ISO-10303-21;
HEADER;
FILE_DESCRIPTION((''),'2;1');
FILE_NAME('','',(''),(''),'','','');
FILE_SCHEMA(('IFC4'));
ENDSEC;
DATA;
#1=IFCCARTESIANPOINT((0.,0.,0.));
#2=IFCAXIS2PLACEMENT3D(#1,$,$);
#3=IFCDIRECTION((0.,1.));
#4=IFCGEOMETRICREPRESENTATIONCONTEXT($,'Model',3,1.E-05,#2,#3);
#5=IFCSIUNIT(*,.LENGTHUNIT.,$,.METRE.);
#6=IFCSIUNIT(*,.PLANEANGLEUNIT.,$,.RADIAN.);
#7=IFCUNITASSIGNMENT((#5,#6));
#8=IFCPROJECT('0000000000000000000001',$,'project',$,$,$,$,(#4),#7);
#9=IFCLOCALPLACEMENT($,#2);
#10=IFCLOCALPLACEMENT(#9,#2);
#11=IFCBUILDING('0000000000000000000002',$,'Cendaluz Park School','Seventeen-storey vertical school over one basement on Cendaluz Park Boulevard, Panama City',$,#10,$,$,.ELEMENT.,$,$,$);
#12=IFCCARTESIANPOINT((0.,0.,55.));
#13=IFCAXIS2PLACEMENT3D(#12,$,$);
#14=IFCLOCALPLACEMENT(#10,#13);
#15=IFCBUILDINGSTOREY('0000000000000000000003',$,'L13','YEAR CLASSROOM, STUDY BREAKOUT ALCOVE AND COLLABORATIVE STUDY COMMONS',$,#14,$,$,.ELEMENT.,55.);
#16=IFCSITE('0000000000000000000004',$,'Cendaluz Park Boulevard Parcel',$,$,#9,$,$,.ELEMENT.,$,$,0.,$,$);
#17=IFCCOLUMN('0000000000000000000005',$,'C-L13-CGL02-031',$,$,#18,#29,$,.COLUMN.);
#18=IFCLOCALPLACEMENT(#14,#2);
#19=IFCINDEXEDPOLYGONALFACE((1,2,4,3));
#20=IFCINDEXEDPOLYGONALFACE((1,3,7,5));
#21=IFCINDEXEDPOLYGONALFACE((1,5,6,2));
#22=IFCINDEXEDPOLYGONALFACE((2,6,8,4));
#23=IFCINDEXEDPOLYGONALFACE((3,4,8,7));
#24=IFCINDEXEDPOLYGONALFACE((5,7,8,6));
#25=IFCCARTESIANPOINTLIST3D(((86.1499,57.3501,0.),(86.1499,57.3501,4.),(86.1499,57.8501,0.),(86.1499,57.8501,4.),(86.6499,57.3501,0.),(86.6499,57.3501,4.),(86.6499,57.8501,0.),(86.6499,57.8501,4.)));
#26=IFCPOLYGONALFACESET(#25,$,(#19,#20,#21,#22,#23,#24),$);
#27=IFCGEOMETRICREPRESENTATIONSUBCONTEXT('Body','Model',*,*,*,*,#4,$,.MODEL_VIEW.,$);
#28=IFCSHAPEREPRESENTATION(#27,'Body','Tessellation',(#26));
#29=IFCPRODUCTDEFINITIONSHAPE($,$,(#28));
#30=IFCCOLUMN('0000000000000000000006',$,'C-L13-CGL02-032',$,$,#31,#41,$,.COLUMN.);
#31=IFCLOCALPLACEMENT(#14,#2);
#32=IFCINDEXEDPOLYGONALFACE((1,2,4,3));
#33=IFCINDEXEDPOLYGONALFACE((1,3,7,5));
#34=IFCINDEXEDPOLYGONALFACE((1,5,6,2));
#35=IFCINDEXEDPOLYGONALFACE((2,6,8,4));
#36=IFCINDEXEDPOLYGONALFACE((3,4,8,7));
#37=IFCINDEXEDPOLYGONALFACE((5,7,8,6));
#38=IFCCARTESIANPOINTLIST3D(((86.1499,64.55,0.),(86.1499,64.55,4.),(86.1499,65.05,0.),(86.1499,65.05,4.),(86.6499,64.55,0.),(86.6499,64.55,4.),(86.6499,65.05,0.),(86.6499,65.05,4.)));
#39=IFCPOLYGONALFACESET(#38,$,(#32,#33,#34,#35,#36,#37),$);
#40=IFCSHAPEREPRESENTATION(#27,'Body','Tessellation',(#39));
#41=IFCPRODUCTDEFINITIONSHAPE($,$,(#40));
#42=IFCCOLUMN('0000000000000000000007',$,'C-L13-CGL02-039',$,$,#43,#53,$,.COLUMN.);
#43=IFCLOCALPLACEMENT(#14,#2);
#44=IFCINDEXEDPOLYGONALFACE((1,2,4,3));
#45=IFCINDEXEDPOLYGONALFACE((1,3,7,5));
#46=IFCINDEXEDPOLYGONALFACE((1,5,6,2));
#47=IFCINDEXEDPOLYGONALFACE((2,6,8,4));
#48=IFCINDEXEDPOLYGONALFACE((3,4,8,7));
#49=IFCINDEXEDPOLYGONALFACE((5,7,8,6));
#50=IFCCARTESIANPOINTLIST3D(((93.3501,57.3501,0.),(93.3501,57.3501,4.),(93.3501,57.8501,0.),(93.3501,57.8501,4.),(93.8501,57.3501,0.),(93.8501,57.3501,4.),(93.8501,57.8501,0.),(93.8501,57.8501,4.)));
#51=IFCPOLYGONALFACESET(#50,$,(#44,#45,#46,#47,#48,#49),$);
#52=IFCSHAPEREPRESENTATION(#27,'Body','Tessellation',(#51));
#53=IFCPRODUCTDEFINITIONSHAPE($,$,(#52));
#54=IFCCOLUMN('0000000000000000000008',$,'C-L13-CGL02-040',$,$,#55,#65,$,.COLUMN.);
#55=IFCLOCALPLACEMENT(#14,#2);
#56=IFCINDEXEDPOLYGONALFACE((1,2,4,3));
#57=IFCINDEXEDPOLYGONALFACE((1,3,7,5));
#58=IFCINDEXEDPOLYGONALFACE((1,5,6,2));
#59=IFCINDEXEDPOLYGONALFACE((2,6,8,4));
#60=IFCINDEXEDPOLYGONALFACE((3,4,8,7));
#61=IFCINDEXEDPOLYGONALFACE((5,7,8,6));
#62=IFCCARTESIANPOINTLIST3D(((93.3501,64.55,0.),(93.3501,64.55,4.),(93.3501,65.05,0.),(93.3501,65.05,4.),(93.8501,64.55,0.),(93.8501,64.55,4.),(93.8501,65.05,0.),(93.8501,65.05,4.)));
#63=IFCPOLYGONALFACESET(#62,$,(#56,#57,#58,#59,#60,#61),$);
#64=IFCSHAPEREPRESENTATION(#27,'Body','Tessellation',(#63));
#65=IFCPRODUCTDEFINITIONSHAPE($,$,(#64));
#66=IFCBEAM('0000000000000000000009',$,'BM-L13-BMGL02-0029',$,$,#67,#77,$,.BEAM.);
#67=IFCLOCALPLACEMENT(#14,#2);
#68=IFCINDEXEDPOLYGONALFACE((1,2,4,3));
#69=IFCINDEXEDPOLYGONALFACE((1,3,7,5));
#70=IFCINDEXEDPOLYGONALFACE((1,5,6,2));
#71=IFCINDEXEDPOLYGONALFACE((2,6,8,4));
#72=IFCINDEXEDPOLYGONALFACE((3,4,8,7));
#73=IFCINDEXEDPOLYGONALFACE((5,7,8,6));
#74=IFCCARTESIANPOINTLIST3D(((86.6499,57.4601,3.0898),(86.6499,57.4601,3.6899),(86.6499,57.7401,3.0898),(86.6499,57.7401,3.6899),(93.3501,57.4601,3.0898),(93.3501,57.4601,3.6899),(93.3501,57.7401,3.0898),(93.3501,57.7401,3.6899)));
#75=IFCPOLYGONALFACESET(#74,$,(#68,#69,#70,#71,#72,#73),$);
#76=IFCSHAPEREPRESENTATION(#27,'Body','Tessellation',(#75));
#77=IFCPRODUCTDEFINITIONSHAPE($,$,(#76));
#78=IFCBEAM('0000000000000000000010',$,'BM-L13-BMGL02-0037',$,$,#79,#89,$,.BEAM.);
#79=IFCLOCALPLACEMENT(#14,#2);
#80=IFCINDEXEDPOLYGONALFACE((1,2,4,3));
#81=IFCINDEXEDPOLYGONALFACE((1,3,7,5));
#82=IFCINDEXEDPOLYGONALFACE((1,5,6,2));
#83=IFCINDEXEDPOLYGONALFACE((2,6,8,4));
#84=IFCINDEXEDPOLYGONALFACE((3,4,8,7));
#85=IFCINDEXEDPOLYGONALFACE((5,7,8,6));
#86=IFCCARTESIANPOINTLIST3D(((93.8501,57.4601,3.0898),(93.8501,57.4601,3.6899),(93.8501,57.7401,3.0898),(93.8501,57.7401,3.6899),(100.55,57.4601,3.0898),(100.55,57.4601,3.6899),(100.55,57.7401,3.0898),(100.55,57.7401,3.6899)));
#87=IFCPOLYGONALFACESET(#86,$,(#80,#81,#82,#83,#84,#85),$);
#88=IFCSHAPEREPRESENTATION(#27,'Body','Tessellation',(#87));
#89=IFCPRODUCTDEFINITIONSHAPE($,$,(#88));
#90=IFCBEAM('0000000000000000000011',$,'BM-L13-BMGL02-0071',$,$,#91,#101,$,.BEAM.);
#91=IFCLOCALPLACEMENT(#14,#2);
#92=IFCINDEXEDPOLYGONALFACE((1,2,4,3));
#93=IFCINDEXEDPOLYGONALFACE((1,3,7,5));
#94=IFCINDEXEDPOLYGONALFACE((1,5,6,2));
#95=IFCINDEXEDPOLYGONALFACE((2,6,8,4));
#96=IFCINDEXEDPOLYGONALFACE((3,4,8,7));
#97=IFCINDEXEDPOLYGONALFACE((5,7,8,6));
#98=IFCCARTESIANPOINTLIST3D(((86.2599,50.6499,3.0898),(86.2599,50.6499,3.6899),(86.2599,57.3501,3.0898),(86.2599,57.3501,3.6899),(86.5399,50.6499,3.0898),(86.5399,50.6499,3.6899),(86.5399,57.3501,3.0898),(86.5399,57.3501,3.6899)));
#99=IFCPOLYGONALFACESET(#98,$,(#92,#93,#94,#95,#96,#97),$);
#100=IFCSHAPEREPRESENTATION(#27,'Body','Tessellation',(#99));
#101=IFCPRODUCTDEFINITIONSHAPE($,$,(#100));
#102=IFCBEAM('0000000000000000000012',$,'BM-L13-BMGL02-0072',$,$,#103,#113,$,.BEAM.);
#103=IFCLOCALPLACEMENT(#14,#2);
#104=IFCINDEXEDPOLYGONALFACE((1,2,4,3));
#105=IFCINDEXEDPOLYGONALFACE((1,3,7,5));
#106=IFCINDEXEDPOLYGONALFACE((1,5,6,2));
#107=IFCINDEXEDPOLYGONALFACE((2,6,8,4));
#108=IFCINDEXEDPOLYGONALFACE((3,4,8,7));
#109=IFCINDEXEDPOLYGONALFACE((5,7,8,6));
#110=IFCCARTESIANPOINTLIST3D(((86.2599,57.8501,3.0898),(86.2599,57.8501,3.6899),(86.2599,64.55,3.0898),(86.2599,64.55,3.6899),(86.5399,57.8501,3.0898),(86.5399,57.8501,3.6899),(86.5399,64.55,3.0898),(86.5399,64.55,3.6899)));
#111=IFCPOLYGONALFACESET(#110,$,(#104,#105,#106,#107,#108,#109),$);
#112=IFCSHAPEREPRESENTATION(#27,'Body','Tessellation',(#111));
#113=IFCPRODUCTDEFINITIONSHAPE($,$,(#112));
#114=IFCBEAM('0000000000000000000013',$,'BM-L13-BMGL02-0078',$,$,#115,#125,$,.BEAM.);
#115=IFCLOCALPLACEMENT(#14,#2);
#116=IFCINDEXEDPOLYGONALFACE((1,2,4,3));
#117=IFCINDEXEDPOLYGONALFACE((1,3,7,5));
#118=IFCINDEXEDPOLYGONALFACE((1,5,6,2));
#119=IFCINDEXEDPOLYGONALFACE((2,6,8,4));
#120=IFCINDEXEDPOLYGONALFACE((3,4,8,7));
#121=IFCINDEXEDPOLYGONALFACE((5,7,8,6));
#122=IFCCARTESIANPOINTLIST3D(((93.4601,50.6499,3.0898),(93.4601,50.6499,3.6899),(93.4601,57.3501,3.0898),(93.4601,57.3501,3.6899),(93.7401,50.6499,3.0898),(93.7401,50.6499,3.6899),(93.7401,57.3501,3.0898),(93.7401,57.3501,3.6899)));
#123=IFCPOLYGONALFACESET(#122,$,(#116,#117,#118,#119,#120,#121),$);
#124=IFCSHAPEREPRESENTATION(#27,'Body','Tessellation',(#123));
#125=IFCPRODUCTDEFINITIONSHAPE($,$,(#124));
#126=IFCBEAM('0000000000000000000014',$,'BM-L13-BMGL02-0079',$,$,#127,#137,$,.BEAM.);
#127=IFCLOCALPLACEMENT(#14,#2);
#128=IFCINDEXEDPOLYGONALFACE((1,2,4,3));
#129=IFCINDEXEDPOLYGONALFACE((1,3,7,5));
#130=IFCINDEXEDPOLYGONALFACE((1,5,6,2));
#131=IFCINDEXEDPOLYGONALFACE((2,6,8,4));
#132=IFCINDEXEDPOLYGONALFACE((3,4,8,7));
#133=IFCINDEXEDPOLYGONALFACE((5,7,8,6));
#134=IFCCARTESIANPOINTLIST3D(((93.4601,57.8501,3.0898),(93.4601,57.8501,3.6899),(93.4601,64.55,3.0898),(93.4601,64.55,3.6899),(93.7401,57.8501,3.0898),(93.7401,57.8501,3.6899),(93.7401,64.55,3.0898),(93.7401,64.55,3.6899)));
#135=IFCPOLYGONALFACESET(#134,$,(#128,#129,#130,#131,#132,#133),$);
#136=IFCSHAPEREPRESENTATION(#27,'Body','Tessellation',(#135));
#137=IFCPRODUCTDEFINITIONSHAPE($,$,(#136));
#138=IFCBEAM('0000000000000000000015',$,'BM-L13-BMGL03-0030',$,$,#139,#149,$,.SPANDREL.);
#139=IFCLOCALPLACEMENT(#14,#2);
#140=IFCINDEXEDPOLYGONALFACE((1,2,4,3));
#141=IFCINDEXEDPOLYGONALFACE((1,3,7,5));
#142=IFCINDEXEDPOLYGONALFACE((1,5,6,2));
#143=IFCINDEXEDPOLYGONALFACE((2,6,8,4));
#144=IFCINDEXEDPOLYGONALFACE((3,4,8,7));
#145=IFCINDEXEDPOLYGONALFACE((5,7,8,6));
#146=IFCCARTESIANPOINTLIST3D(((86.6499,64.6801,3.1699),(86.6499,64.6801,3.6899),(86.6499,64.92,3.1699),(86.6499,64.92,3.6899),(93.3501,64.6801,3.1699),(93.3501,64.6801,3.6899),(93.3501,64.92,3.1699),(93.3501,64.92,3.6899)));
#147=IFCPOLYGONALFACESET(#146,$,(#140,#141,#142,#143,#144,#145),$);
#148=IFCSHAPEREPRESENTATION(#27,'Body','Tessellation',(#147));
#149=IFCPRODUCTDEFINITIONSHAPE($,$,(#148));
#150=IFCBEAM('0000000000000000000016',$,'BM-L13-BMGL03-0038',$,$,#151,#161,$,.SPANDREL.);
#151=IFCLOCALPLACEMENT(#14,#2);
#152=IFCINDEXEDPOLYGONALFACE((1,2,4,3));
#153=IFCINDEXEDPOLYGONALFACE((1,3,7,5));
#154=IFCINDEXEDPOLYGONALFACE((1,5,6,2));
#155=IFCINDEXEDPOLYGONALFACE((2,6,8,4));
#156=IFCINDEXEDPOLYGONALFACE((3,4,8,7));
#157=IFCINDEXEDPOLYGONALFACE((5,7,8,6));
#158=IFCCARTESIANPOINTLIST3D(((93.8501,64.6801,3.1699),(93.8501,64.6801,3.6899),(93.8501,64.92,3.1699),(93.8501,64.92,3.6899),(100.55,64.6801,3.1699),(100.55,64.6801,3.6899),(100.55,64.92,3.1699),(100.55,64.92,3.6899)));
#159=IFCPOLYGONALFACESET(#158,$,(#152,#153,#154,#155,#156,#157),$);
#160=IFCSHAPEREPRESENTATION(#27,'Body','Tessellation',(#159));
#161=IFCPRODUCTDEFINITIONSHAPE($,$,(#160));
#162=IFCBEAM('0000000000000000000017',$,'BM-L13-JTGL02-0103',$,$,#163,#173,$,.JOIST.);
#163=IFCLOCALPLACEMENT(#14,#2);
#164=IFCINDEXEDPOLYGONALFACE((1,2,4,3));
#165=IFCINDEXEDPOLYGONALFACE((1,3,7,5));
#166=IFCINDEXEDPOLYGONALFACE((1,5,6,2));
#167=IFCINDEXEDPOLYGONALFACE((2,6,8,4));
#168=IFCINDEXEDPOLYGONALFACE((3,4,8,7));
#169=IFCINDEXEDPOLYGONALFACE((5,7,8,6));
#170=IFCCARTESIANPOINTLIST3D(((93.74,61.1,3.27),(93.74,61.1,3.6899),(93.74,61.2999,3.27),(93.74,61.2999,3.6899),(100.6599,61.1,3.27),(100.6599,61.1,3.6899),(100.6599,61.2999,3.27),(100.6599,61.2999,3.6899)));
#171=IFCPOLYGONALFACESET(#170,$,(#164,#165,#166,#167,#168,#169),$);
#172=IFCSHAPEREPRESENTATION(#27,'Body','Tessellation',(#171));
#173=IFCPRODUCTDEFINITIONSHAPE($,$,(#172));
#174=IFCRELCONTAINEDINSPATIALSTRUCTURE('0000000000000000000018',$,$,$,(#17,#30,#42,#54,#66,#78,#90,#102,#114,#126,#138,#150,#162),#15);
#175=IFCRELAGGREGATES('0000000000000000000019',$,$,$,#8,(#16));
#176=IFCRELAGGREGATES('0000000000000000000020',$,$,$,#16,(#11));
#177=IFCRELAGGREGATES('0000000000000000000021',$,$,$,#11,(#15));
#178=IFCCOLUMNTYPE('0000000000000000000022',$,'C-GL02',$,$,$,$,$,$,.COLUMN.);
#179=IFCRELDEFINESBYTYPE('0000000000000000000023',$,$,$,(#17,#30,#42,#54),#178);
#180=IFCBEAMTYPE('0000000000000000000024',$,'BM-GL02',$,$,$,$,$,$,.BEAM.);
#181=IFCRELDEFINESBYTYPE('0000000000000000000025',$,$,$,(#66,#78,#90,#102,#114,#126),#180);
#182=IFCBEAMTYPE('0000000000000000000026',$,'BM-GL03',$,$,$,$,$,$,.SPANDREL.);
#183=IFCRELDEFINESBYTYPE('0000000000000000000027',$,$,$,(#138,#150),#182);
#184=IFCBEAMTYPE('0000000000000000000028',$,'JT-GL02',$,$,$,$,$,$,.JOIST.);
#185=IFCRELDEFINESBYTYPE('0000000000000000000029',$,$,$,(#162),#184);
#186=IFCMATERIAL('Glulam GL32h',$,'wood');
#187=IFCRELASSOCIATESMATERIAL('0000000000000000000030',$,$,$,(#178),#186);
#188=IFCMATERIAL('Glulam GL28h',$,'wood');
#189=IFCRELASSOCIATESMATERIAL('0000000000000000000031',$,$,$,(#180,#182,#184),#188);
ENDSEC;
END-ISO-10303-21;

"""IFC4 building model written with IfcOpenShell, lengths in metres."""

from ifc_helpers import new_model, si_unit, direction, frame, origin, origin_2d, place, context, subcontext, project, spatial, rectangle, extrude, material, material_profile, profile_set, type_object, element, save


model = new_model("IFC4")

# Units and contexts
model_context = context("Model", 3, precision=1e-05, world=origin(), true_north=direction((0.0, 1.0)))
body_context = subcontext(model_context, "Body", "Model", "MODEL_VIEW")
ifc_project = project(units=[si_unit("LENGTHUNIT", "METRE"), si_unit("PLANEANGLEUNIT", "RADIAN")], contexts=[model_context])

# Site, building, storey
site_placement = place(None, origin())
site = spatial("IfcSite", under=ifc_project, at=site_placement, Name="Cendaluz Park Boulevard Parcel", CompositionType="ELEMENT", RefElevation=0.0)
building_placement = place(site_placement, origin())
building = spatial("IfcBuilding", under=site, at=building_placement, Name="Cendaluz Park School", Description="Seventeen-storey vertical school over one basement on Cendaluz Park Boulevard, Panama City", CompositionType="ELEMENT")
storey_placement = place(building_placement, frame((0.0, 0.0, 55.0)))
storey = spatial("IfcBuildingStorey", under=building, at=storey_placement, Name="L13", Description="YEAR CLASSROOM, STUDY BREAKOUT ALCOVE AND COLLABORATIVE STUDY COMMONS", CompositionType="ELEMENT", Elevation=55.0)

# Columns
ifc_material_1 = material(Name="Glulam GL32h", Category="wood")
ifc_material_profile_1 = material_profile(ifc_material_1, rectangle(XDim=0.5, YDim=0.5, at=origin_2d()), Name="GL32h 500x500", Category="wood")
ifc_profile_set_1 = profile_set([ifc_material_profile_1], Name="Glulam GL32h")
column_type = type_object("IfcColumnType", Name="C-GL02", PredefinedType="COLUMN", material=ifc_profile_set_1)
for number, where, z_axis, x_axis, name in (
    (1, (86.3999, 57.6001, 0.0), (0.0, 0.0, 1.0), (1.0, 0.0, 0.0), "C-L13-CGL02-031"),
    (2, (86.3999, 64.8, 0.0), (0.0, 0.0, 1.0), (1.0, 0.0, 0.0), "C-L13-CGL02-032"),
    (3, (93.6001, 57.6001, 0.0), (0.0, 0.0, 1.0), (1.0, 0.0, 0.0), "C-L13-CGL02-039"),
    (4, (93.6001, 64.8, 0.0), (0.0, 0.0, 1.0), (1.0, 0.0, 0.0), "C-L13-CGL02-040"),
):
    element("IfcColumn", number, at=place(storey_placement, frame(where, z_axis=z_axis, x_axis=x_axis)), inside=storey, type_object=column_type, Name=name, PredefinedType="COLUMN", context=body_context, shape_type="SweptSolid", body=[
        extrude(rectangle(XDim=0.5, YDim=0.5, at=origin_2d()), origin(), (0.0, 0.0, 1.0), 4.0),
    ])

# Beams
ifc_material_2 = material(Name="Glulam GL28h", Category="wood")
ifc_material_profile_2 = material_profile(ifc_material_2, rectangle(XDim=0.28, YDim=0.6001, at=origin_2d()), Name="GL28h 280x600", Category="wood")
ifc_profile_set_2 = profile_set([ifc_material_profile_2], Name="Glulam GL28h")
beam_type_1 = type_object("IfcBeamType", Name="BM-GL02", PredefinedType="BEAM", material=ifc_profile_set_2)
beam_1_placement = place(storey_placement, frame((86.6499, 57.6001, 3.3899), z_axis=(1.0, 0.0, 0.0), x_axis=(0.0, 1.0, 0.0)))
element("IfcBeam", 5, at=beam_1_placement, inside=storey, type_object=beam_type_1, Name="BM-L13-BMGL02-0029", PredefinedType="BEAM", context=body_context, shape_type="SweptSolid", body=[
    extrude(rectangle(XDim=0.28, YDim=0.6001, at=origin_2d()), origin(), (0.0, 0.0, 1.0), 6.7002),
])
beam_2_placement = place(storey_placement, frame((93.8501, 57.6001, 3.3899), z_axis=(1.0, 0.0, 0.0), x_axis=(0.0, 1.0, 0.0)))
element("IfcBeam", 6, at=beam_2_placement, inside=storey, type_object=beam_type_1, Name="BM-L13-BMGL02-0037", PredefinedType="BEAM", context=body_context, shape_type="SweptSolid", body=[
    extrude(rectangle(XDim=0.28, YDim=0.6001, at=origin_2d()), origin(), (0.0, 0.0, 1.0), 6.7),
])
beam_3_placement = place(storey_placement, frame((86.3999, 50.6499, 3.3899), z_axis=(0.0, 1.0, 0.0), x_axis=(-1.0, 0.0, 0.0)))
element("IfcBeam", 7, at=beam_3_placement, inside=storey, type_object=beam_type_1, Name="BM-L13-BMGL02-0071", PredefinedType="BEAM", context=body_context, shape_type="SweptSolid", body=[
    extrude(rectangle(XDim=0.28, YDim=0.6001, at=origin_2d()), origin(), (0.0, 0.0, 1.0), 6.7002),
])
beam_4_placement = place(storey_placement, frame((86.3999, 57.8501, 3.3899), z_axis=(0.0, 1.0, 0.0), x_axis=(-1.0, 0.0, 0.0)))
element("IfcBeam", 8, at=beam_4_placement, inside=storey, type_object=beam_type_1, Name="BM-L13-BMGL02-0072", PredefinedType="BEAM", context=body_context, shape_type="SweptSolid", body=[
    extrude(rectangle(XDim=0.28, YDim=0.6001, at=origin_2d()), origin(), (0.0, 0.0, 1.0), 6.7),
])
beam_5_placement = place(storey_placement, frame((93.6001, 50.6499, 3.3899), z_axis=(0.0, 1.0, 0.0), x_axis=(-1.0, 0.0, 0.0)))
element("IfcBeam", 9, at=beam_5_placement, inside=storey, type_object=beam_type_1, Name="BM-L13-BMGL02-0078", PredefinedType="BEAM", context=body_context, shape_type="SweptSolid", body=[
    extrude(rectangle(XDim=0.28, YDim=0.6001, at=origin_2d()), origin(), (0.0, 0.0, 1.0), 6.7002),
])
beam_6_placement = place(storey_placement, frame((93.6001, 57.8501, 3.3899), z_axis=(0.0, 1.0, 0.0), x_axis=(-1.0, 0.0, 0.0)))
element("IfcBeam", 10, at=beam_6_placement, inside=storey, type_object=beam_type_1, Name="BM-L13-BMGL02-0079", PredefinedType="BEAM", context=body_context, shape_type="SweptSolid", body=[
    extrude(rectangle(XDim=0.28, YDim=0.6001, at=origin_2d()), origin(), (0.0, 0.0, 1.0), 6.7),
])
ifc_material_profile_3 = material_profile(ifc_material_2, rectangle(XDim=0.24, YDim=0.52, at=origin_2d()), Name="GL28h 240x520", Category="wood")
ifc_profile_set_3 = profile_set([ifc_material_profile_3], Name="Glulam GL28h")
beam_type_2 = type_object("IfcBeamType", Name="BM-GL03", PredefinedType="SPANDREL", material=ifc_profile_set_3)
beam_7_placement = place(storey_placement, frame((86.6499, 64.8, 3.4299), z_axis=(1.0, 0.0, 0.0), x_axis=(0.0, 1.0, 0.0)))
element("IfcBeam", 11, at=beam_7_placement, inside=storey, type_object=beam_type_2, Name="BM-L13-BMGL03-0030", PredefinedType="SPANDREL", context=body_context, shape_type="SweptSolid", body=[
    extrude(rectangle(XDim=0.24, YDim=0.52, at=origin_2d()), origin(), (0.0, 0.0, 1.0), 6.7002),
])
beam_8_placement = place(storey_placement, frame((93.8501, 64.8, 3.4299), z_axis=(1.0, 0.0, 0.0), x_axis=(0.0, 1.0, 0.0)))
element("IfcBeam", 12, at=beam_8_placement, inside=storey, type_object=beam_type_2, Name="BM-L13-BMGL03-0038", PredefinedType="SPANDREL", context=body_context, shape_type="SweptSolid", body=[
    extrude(rectangle(XDim=0.24, YDim=0.52, at=origin_2d()), origin(), (0.0, 0.0, 1.0), 6.7),
])
ifc_material_profile_4 = material_profile(ifc_material_2, rectangle(XDim=0.2, YDim=0.4199, at=origin_2d()), Name="GL28h 200x420", Category="wood")
ifc_profile_set_4 = profile_set([ifc_material_profile_4], Name="Glulam GL28h")
beam_type_3 = type_object("IfcBeamType", Name="JT-GL02", PredefinedType="JOIST", material=ifc_profile_set_4)
beam_9_placement = place(storey_placement, frame((93.74, 61.2, 3.48), z_axis=(1.0, 0.0, 0.0), x_axis=(0.0, 1.0, 0.0)))
element("IfcBeam", 13, at=beam_9_placement, inside=storey, type_object=beam_type_3, Name="BM-L13-JTGL02-0103", PredefinedType="JOIST", context=body_context, shape_type="SweptSolid", body=[
    extrude(rectangle(XDim=0.2, YDim=0.4199, at=origin_2d()), origin(), (0.0, 0.0, 1.0), 6.9199),
])

save(model, "model.ifc")
